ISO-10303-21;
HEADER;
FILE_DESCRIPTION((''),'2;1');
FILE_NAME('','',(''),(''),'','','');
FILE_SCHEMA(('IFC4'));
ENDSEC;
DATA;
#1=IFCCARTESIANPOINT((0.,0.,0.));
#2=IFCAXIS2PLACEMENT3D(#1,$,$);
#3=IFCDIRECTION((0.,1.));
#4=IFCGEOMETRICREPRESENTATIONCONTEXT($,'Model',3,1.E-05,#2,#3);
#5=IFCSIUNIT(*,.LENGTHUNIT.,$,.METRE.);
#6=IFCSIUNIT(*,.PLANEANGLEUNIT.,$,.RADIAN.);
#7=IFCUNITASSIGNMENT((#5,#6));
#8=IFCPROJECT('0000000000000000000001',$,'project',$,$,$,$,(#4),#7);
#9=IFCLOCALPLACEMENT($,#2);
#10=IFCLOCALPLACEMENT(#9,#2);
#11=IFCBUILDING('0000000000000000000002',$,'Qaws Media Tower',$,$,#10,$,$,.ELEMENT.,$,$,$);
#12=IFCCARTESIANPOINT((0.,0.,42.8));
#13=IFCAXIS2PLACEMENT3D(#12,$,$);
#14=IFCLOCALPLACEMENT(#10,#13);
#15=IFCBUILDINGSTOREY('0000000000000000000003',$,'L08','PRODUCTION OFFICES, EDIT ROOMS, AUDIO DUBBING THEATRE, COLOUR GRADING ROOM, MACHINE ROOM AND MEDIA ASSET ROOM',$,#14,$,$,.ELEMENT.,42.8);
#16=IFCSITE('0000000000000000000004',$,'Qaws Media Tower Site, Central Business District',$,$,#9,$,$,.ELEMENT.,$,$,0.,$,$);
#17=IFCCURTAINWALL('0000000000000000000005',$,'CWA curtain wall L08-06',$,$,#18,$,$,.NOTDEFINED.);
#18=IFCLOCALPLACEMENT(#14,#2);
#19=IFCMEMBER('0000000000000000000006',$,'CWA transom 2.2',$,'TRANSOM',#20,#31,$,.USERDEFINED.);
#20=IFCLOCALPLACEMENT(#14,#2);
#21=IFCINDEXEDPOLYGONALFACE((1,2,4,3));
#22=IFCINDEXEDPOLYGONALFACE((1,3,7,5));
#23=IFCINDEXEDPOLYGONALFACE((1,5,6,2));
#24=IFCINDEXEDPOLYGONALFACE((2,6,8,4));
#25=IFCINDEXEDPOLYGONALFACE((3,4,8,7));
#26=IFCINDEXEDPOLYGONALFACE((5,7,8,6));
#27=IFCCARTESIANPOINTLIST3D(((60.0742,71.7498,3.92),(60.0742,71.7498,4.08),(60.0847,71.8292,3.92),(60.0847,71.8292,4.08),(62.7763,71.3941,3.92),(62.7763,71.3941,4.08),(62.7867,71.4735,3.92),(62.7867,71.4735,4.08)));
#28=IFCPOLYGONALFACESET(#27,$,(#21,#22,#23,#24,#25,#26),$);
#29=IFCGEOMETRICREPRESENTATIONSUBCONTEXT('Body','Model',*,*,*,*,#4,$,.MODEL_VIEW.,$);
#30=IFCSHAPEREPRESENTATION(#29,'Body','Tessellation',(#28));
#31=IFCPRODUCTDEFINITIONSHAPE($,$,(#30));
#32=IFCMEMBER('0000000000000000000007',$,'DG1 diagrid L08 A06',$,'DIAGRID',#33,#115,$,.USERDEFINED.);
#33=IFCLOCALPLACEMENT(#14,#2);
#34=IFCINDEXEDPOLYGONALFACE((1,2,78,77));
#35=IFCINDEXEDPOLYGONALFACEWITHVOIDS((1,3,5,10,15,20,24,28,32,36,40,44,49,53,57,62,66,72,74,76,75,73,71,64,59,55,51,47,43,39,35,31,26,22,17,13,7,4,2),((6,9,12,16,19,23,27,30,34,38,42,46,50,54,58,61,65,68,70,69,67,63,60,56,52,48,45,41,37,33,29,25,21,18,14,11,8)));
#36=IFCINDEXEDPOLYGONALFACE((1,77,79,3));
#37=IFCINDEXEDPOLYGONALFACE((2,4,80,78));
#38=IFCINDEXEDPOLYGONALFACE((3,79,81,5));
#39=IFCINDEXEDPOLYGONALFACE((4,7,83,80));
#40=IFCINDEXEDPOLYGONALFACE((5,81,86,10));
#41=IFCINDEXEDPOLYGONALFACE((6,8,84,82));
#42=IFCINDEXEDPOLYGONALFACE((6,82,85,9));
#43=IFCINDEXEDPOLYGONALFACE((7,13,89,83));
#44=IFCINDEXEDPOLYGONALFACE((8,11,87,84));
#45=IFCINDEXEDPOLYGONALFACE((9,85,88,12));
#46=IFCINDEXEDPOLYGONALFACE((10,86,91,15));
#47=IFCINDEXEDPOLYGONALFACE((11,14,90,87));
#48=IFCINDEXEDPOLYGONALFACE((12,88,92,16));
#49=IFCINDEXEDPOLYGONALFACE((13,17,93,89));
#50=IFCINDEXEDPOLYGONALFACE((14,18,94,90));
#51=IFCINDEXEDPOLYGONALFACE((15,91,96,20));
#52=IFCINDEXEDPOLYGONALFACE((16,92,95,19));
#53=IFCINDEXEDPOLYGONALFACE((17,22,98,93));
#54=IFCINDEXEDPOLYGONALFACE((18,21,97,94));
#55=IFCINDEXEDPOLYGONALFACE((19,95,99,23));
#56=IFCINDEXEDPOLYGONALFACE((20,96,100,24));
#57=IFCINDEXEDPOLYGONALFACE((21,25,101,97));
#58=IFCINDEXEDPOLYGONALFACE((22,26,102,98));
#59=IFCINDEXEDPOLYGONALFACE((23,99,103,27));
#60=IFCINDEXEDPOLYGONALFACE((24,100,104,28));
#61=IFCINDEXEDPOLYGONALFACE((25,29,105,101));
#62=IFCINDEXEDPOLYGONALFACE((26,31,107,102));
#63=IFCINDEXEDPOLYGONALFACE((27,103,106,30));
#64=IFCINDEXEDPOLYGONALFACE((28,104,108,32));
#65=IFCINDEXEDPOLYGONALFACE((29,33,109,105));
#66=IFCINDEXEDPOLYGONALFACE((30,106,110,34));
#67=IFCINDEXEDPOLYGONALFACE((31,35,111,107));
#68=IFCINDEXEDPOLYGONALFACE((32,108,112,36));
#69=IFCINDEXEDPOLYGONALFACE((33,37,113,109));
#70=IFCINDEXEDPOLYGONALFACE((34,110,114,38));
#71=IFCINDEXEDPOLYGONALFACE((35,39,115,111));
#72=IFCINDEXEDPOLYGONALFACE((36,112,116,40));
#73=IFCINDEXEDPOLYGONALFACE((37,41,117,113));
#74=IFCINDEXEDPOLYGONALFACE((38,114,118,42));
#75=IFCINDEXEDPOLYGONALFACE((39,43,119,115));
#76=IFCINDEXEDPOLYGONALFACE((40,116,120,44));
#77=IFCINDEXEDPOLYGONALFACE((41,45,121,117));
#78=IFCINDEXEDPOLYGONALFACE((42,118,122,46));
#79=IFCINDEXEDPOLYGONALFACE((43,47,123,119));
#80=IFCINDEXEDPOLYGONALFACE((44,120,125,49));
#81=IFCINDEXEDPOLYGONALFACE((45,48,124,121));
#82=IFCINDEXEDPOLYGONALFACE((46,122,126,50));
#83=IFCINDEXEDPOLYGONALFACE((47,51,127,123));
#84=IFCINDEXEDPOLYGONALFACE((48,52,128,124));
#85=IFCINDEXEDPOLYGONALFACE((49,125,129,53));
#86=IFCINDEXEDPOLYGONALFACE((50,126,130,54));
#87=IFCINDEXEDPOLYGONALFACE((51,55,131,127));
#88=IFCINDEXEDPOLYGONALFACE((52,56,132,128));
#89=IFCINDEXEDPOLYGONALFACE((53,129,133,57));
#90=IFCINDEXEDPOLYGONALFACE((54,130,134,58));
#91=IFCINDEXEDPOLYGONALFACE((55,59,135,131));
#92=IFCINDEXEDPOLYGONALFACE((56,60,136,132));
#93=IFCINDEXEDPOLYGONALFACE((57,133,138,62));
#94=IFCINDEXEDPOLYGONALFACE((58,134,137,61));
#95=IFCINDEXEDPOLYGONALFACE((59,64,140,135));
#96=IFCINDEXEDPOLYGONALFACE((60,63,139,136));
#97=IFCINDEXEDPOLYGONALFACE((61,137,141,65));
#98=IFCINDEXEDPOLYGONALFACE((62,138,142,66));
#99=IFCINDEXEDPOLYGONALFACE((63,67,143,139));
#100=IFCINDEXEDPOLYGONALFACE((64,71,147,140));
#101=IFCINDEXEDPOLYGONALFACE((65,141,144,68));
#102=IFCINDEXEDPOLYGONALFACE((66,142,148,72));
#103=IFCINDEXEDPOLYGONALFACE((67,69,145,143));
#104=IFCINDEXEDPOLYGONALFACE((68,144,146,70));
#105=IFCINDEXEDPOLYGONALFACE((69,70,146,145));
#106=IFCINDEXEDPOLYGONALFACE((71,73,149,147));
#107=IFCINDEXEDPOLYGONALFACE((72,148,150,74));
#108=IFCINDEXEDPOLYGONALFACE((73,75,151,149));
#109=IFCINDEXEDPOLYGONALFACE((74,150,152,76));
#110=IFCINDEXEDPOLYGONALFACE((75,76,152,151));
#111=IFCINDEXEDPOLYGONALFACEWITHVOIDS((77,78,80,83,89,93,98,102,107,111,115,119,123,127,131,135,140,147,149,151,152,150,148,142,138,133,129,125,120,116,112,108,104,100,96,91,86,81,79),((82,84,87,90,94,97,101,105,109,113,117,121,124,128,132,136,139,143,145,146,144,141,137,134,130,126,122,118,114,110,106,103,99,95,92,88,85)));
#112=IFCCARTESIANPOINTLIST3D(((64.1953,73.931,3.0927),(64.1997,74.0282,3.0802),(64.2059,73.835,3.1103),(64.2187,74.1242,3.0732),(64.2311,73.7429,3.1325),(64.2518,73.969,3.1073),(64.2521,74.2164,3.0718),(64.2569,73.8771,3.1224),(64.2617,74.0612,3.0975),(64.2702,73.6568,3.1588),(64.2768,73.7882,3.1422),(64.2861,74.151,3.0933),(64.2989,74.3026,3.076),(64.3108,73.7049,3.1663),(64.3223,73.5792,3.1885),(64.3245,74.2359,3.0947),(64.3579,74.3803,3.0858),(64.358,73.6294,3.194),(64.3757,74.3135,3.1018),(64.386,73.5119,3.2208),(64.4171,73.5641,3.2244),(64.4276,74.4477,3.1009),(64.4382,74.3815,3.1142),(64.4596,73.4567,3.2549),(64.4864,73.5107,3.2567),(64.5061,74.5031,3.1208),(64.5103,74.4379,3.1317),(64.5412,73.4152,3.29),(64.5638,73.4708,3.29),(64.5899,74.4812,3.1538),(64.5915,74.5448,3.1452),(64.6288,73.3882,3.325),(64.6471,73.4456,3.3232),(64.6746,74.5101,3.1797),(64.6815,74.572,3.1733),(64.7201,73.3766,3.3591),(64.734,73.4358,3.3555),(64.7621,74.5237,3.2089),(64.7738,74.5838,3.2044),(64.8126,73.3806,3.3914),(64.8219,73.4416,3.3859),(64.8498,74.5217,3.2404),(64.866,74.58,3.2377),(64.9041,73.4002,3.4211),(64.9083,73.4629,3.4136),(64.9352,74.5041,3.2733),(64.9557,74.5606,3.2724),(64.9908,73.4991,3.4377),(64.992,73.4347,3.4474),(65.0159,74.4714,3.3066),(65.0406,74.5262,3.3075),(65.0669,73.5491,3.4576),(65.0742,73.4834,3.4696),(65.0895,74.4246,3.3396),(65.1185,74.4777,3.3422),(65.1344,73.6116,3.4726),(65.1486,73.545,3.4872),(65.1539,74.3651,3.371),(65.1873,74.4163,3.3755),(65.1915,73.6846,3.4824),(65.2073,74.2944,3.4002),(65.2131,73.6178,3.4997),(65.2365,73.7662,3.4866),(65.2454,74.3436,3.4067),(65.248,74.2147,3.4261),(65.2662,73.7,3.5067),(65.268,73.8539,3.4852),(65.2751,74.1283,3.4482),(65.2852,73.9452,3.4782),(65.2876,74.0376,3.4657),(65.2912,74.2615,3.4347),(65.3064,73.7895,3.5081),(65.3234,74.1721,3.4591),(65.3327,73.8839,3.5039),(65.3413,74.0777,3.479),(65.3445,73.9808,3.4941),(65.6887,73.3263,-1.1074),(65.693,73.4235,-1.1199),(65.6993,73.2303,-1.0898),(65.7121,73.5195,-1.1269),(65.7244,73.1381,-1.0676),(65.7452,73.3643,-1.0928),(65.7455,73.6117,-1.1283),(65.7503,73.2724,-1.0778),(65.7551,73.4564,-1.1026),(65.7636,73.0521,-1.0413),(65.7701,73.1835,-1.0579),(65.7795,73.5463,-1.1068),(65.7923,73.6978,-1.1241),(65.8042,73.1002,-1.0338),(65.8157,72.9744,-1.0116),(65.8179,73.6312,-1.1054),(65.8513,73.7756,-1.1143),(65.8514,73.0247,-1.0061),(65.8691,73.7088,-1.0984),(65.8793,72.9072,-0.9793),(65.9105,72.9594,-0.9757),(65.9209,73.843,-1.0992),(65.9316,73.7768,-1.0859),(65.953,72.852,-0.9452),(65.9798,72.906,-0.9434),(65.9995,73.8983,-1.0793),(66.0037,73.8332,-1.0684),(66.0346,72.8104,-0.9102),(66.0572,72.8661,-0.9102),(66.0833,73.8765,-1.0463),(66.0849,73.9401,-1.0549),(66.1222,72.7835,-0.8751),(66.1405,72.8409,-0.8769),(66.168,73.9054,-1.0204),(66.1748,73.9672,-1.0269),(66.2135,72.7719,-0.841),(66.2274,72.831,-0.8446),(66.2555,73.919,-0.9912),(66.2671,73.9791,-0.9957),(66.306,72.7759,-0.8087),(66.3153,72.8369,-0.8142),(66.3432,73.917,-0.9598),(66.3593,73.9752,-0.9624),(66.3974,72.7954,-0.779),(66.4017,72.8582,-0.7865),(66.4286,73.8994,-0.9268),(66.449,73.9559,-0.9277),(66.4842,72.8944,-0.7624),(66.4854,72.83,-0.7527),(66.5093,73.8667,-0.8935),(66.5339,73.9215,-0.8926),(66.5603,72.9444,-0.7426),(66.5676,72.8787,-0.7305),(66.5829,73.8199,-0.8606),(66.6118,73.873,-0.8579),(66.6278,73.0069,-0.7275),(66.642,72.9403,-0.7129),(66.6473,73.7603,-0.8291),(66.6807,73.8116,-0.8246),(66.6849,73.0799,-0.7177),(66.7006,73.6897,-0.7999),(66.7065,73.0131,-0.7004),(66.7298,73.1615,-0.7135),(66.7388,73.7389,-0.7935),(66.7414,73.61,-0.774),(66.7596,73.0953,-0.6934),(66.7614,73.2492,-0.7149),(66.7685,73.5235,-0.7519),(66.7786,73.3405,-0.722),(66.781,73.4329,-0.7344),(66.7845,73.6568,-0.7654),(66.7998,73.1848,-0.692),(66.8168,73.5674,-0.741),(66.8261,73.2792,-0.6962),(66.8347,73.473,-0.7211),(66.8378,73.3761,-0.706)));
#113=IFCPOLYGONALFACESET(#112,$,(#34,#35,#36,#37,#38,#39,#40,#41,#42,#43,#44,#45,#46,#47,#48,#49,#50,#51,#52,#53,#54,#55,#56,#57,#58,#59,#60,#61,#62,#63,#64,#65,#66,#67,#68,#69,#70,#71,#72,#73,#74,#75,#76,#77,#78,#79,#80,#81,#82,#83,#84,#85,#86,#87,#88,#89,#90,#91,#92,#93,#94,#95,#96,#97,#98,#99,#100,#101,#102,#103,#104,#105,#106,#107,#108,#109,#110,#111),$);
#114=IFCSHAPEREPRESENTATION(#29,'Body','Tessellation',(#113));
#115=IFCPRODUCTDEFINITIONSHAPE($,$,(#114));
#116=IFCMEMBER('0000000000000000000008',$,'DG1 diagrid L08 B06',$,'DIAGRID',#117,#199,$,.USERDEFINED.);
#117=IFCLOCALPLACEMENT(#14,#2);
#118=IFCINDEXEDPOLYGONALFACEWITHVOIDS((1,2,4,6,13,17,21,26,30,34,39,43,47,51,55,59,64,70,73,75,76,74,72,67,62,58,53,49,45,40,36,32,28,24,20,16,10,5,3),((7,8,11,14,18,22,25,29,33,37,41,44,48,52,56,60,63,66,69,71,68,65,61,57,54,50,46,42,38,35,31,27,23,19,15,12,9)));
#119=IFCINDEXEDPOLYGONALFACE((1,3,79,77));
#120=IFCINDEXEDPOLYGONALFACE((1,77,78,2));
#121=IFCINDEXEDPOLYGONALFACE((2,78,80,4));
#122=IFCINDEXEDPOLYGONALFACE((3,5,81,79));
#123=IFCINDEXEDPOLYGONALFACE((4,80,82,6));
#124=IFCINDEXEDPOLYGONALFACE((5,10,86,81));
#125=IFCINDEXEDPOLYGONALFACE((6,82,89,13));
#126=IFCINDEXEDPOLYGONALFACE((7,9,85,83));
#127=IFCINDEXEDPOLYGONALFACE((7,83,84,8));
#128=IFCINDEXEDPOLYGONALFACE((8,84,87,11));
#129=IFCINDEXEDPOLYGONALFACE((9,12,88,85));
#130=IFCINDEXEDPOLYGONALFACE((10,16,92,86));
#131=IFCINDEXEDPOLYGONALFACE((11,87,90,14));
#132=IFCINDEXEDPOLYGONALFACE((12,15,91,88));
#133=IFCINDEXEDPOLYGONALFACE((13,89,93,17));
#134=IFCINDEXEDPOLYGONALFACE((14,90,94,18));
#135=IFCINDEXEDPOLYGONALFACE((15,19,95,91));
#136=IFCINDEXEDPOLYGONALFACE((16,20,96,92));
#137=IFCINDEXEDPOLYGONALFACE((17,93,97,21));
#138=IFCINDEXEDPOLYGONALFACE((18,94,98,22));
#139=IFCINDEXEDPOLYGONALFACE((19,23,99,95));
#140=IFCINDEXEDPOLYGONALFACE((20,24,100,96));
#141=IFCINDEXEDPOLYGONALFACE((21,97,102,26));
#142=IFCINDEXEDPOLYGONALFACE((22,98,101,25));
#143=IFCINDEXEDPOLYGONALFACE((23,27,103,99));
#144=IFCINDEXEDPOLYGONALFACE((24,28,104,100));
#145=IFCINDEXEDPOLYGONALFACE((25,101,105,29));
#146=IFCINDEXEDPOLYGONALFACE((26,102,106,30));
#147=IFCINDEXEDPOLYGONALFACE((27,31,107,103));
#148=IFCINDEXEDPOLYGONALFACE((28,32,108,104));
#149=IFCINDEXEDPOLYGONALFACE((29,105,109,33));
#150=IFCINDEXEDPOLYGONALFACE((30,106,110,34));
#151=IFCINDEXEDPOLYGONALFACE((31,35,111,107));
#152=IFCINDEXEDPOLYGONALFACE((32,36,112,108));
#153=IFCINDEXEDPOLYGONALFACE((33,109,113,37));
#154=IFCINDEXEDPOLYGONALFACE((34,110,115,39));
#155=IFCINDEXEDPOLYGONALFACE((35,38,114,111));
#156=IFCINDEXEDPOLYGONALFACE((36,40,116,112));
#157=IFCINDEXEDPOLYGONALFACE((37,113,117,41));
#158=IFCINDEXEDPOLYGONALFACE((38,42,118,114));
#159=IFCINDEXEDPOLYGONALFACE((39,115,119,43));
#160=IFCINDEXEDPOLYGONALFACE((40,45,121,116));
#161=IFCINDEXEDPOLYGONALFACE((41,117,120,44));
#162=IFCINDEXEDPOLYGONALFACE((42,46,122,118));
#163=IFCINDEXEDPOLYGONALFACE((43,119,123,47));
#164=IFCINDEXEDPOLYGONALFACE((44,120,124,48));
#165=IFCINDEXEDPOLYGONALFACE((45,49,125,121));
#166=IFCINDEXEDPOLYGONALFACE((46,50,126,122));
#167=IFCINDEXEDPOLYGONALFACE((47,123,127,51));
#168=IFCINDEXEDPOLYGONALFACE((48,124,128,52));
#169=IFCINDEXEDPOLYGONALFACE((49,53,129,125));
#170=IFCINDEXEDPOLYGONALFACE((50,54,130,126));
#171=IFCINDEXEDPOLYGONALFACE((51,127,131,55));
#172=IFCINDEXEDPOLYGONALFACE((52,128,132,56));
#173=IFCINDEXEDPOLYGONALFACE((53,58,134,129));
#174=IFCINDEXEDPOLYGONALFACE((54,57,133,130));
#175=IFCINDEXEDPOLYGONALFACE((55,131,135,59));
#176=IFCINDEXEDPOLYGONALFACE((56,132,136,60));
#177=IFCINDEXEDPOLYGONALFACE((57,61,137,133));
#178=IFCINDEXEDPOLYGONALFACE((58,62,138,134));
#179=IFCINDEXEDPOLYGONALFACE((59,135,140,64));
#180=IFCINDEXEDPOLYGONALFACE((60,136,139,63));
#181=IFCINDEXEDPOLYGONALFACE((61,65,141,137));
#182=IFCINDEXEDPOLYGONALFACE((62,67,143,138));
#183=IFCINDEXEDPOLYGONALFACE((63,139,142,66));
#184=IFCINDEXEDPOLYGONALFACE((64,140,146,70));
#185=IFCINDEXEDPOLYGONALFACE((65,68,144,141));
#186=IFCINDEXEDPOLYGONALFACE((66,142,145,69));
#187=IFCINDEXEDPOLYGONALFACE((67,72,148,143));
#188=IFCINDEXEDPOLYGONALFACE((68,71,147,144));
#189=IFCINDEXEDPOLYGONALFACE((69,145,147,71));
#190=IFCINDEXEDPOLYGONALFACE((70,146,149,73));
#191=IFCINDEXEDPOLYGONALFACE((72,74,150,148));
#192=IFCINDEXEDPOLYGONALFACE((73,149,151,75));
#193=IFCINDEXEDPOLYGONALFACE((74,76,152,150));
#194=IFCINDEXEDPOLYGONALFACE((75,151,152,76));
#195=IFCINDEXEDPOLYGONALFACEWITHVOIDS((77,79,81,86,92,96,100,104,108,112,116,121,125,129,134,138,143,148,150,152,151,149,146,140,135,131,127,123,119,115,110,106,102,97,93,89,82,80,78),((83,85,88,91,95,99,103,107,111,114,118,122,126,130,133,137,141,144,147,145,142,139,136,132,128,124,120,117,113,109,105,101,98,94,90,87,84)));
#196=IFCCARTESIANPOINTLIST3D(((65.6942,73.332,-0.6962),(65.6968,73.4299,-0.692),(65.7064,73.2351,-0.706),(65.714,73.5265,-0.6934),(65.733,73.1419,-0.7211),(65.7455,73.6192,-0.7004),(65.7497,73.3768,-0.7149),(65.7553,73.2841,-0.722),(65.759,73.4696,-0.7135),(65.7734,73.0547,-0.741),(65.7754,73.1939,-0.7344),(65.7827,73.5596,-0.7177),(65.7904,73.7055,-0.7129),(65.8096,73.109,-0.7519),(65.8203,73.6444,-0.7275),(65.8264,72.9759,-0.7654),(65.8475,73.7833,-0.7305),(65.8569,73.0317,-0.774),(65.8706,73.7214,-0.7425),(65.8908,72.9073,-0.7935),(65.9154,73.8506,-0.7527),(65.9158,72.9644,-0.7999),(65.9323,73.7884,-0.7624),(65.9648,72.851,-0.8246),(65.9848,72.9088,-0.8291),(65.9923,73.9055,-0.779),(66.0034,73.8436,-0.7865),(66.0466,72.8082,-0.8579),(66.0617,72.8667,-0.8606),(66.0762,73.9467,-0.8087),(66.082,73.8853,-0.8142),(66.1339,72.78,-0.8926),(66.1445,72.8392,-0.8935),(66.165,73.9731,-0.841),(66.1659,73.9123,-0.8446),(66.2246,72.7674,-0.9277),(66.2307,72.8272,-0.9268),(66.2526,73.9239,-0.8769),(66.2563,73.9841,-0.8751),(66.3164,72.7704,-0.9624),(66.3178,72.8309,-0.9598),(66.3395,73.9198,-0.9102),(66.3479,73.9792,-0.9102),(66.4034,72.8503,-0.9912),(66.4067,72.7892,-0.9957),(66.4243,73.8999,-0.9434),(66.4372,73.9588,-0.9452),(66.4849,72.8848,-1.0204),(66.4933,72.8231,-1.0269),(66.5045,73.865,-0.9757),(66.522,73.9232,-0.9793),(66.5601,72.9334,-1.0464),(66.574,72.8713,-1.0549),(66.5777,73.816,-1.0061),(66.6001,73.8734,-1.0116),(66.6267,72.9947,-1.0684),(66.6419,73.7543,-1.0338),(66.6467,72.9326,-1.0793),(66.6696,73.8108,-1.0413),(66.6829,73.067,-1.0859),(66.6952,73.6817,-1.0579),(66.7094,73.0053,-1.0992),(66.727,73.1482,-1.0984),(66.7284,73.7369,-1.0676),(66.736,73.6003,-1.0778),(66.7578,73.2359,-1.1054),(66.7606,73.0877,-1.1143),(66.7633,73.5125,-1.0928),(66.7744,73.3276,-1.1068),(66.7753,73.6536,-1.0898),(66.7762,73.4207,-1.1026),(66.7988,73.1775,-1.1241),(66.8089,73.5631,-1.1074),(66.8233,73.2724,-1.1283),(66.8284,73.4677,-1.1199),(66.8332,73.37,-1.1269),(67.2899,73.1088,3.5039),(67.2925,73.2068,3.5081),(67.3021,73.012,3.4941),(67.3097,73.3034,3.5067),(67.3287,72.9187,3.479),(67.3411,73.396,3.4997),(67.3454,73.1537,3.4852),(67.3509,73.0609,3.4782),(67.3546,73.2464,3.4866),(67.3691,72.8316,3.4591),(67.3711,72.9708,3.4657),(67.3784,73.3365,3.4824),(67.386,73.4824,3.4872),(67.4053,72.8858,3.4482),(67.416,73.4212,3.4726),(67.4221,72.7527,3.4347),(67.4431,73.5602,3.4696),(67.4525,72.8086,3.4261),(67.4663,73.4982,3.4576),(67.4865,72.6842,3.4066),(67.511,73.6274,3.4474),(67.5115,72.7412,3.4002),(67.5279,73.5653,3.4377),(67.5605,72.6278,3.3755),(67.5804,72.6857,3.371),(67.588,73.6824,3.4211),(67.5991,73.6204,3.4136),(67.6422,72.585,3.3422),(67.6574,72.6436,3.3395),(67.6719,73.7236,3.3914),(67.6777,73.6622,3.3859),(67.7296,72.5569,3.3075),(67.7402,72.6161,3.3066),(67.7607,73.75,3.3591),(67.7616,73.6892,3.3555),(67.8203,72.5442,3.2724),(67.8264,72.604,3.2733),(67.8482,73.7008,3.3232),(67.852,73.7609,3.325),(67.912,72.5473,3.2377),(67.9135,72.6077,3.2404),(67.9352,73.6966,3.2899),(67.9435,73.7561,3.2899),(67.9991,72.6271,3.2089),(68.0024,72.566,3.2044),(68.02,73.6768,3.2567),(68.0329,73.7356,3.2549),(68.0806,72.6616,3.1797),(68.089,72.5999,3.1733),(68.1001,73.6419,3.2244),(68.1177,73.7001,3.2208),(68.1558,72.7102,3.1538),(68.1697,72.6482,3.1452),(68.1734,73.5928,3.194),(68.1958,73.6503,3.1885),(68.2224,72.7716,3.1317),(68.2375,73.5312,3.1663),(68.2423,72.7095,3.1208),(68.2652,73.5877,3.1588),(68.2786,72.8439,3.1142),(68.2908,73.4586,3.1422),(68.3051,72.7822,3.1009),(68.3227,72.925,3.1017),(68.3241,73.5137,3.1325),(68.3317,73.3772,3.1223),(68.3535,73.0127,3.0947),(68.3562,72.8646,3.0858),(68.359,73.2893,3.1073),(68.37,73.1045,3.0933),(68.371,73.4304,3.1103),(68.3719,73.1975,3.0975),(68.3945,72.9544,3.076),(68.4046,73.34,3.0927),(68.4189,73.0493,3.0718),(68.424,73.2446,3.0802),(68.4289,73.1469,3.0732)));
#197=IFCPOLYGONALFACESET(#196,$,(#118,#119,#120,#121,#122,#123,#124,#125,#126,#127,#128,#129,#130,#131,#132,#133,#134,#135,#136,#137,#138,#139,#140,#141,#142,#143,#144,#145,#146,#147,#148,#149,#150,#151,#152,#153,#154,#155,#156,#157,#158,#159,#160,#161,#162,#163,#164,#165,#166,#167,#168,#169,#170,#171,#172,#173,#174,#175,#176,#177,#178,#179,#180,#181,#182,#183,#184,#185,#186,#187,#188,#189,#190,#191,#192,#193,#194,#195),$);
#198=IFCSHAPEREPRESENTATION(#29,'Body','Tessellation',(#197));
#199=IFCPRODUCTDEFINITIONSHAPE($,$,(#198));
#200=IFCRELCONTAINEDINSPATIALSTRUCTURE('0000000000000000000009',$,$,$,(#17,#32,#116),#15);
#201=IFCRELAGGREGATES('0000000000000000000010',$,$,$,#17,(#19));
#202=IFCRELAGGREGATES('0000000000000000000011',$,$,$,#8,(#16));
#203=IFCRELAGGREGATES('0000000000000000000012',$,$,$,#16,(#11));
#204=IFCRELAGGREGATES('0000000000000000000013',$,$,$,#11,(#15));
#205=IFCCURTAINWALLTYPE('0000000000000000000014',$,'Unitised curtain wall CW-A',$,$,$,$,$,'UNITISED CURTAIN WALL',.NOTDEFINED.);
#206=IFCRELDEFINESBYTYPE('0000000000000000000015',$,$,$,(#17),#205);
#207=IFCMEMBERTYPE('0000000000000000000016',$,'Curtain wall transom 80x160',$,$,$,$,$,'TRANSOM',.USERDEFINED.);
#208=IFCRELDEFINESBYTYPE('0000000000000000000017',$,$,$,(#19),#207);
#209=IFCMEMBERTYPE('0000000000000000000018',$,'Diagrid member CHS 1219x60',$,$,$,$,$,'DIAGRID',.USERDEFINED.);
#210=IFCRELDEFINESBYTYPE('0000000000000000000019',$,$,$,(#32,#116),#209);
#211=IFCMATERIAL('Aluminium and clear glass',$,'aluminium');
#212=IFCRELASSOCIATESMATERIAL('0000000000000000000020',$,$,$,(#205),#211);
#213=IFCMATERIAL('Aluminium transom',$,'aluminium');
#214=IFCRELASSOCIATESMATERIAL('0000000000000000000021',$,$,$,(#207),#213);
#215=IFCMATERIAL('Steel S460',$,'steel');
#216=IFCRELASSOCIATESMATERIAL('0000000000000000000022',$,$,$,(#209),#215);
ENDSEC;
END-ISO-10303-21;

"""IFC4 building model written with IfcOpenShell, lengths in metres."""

from ifc_helpers import new_model, si_unit, direction, frame, origin, origin_2d, place, context, subcontext, project, spatial, rectangle, hollow_circle, extrude, material, material_profile, profile_set, type_object, element, aggregate, save


model = new_model("IFC4")

# Units and contexts
model_context = context("Model", 3, precision=1e-05, world=origin(), true_north=direction((0.0, 1.0)))
body_context = subcontext(model_context, "Body", "Model", "MODEL_VIEW")
ifc_project = project(units=[si_unit("LENGTHUNIT", "METRE"), si_unit("PLANEANGLEUNIT", "RADIAN")], contexts=[model_context])

# Site, building, storey
site_placement = place(None, origin())
site = spatial("IfcSite", under=ifc_project, at=site_placement, Name="Qaws Media Tower Site, Central Business District", CompositionType="ELEMENT", RefElevation=0.0)
building_placement = place(site_placement, origin())
building = spatial("IfcBuilding", under=site, at=building_placement, Name="Qaws Media Tower", CompositionType="ELEMENT")
storey_placement = place(building_placement, frame((0.0, 0.0, 42.8)))
storey = spatial("IfcBuildingStorey", under=building, at=storey_placement, Name="L08", Description="PRODUCTION OFFICES, EDIT ROOMS, AUDIO DUBBING THEATRE, COLOUR GRADING ROOM, MACHINE ROOM AND MEDIA ASSET ROOM", CompositionType="ELEMENT", Elevation=42.8)

# Shared definitions
ifc_material_1 = material(Name="Aluminium and clear glass", Category="aluminium")
curtain_wall_type = type_object("IfcCurtainWallType", Name="Unitised curtain wall CW-A", ElementType="UNITISED CURTAIN WALL", PredefinedType="NOTDEFINED", material=ifc_material_1)

# Curtain wall
curtain_wall_1_placement = place(storey_placement, origin())
curtain_wall_1 = element("IfcCurtainWall", 1, at=curtain_wall_1_placement, inside=storey, type_object=curtain_wall_type, Name="CWA curtain wall L08-06", PredefinedType="NOTDEFINED")

# Member
ifc_material_2 = material(Name="Aluminium transom", Category="aluminium")
ifc_material_profile_1 = material_profile(ifc_material_2, rectangle(XDim=0.0801, YDim=0.1599, at=origin_2d()), Name="80x160")
ifc_profile_set_1 = profile_set([ifc_material_profile_1], Name="Aluminium transom")
member_type_1 = type_object("IfcMemberType", Name="Curtain wall transom 80x160", ElementType="TRANSOM", PredefinedType="USERDEFINED", material=ifc_profile_set_1)
member_1_placement = place(storey_placement, frame((62.7815, 71.4338, 4.0), z_axis=(-0.991446, 0.130515, 0.0), x_axis=(-0.130515, -0.991446, 0.0)))
member_1 = element("IfcMember", 2, at=member_1_placement, type_object=member_type_1, Name="CWA transom 2.2", ObjectType="TRANSOM", PredefinedType="USERDEFINED", context=body_context, shape_type="SweptSolid", body=[
    extrude(rectangle(XDim=0.0801, YDim=0.1599, at=origin_2d()), origin(), (0.0, 0.0, 1.0), 2.7253),
])

# Members
ifc_material_3 = material(Name="Steel S460", Category="steel")
ifc_material_profile_2 = material_profile(ifc_material_3, hollow_circle(Radius=0.6096, WallThickness=0.0601, at=origin_2d()), Name="CHS 1219x60")
ifc_profile_set_2 = profile_set([ifc_material_profile_2], Name="Steel S460")
member_type_2 = type_object("IfcMemberType", Name="Diagrid member CHS 1219x60", ElementType="DIAGRID", PredefinedType="USERDEFINED", material=ifc_profile_set_2)
for number, where, z_axis, x_axis, name in (
    (3, (66.2634, 73.3755, -0.9102), (-0.33197, 0.134427, 0.933662), (-0.375332, -0.92689, 0.0), "DG1 diagrid L08 A06"),
    (4, (66.2634, 73.3755, -0.9102), (0.354708, -0.049603, 0.93366), (0.138493, 0.990363, 0.0), "DG1 diagrid L08 B06"),
):
    element("IfcMember", number, at=place(storey_placement, frame(where, z_axis=z_axis, x_axis=x_axis)), inside=storey, type_object=member_type_2, Name=name, ObjectType="DIAGRID", PredefinedType="USERDEFINED", context=body_context, shape_type="SweptSolid", body=[
        extrude(hollow_circle(Radius=0.6096, WallThickness=0.0601, at=origin_2d()), origin(), (0.0, 0.0, 1.0), 4.4985),
    ])

aggregate(curtain_wall_1, [member_1])

save(model, "model.ifc")
